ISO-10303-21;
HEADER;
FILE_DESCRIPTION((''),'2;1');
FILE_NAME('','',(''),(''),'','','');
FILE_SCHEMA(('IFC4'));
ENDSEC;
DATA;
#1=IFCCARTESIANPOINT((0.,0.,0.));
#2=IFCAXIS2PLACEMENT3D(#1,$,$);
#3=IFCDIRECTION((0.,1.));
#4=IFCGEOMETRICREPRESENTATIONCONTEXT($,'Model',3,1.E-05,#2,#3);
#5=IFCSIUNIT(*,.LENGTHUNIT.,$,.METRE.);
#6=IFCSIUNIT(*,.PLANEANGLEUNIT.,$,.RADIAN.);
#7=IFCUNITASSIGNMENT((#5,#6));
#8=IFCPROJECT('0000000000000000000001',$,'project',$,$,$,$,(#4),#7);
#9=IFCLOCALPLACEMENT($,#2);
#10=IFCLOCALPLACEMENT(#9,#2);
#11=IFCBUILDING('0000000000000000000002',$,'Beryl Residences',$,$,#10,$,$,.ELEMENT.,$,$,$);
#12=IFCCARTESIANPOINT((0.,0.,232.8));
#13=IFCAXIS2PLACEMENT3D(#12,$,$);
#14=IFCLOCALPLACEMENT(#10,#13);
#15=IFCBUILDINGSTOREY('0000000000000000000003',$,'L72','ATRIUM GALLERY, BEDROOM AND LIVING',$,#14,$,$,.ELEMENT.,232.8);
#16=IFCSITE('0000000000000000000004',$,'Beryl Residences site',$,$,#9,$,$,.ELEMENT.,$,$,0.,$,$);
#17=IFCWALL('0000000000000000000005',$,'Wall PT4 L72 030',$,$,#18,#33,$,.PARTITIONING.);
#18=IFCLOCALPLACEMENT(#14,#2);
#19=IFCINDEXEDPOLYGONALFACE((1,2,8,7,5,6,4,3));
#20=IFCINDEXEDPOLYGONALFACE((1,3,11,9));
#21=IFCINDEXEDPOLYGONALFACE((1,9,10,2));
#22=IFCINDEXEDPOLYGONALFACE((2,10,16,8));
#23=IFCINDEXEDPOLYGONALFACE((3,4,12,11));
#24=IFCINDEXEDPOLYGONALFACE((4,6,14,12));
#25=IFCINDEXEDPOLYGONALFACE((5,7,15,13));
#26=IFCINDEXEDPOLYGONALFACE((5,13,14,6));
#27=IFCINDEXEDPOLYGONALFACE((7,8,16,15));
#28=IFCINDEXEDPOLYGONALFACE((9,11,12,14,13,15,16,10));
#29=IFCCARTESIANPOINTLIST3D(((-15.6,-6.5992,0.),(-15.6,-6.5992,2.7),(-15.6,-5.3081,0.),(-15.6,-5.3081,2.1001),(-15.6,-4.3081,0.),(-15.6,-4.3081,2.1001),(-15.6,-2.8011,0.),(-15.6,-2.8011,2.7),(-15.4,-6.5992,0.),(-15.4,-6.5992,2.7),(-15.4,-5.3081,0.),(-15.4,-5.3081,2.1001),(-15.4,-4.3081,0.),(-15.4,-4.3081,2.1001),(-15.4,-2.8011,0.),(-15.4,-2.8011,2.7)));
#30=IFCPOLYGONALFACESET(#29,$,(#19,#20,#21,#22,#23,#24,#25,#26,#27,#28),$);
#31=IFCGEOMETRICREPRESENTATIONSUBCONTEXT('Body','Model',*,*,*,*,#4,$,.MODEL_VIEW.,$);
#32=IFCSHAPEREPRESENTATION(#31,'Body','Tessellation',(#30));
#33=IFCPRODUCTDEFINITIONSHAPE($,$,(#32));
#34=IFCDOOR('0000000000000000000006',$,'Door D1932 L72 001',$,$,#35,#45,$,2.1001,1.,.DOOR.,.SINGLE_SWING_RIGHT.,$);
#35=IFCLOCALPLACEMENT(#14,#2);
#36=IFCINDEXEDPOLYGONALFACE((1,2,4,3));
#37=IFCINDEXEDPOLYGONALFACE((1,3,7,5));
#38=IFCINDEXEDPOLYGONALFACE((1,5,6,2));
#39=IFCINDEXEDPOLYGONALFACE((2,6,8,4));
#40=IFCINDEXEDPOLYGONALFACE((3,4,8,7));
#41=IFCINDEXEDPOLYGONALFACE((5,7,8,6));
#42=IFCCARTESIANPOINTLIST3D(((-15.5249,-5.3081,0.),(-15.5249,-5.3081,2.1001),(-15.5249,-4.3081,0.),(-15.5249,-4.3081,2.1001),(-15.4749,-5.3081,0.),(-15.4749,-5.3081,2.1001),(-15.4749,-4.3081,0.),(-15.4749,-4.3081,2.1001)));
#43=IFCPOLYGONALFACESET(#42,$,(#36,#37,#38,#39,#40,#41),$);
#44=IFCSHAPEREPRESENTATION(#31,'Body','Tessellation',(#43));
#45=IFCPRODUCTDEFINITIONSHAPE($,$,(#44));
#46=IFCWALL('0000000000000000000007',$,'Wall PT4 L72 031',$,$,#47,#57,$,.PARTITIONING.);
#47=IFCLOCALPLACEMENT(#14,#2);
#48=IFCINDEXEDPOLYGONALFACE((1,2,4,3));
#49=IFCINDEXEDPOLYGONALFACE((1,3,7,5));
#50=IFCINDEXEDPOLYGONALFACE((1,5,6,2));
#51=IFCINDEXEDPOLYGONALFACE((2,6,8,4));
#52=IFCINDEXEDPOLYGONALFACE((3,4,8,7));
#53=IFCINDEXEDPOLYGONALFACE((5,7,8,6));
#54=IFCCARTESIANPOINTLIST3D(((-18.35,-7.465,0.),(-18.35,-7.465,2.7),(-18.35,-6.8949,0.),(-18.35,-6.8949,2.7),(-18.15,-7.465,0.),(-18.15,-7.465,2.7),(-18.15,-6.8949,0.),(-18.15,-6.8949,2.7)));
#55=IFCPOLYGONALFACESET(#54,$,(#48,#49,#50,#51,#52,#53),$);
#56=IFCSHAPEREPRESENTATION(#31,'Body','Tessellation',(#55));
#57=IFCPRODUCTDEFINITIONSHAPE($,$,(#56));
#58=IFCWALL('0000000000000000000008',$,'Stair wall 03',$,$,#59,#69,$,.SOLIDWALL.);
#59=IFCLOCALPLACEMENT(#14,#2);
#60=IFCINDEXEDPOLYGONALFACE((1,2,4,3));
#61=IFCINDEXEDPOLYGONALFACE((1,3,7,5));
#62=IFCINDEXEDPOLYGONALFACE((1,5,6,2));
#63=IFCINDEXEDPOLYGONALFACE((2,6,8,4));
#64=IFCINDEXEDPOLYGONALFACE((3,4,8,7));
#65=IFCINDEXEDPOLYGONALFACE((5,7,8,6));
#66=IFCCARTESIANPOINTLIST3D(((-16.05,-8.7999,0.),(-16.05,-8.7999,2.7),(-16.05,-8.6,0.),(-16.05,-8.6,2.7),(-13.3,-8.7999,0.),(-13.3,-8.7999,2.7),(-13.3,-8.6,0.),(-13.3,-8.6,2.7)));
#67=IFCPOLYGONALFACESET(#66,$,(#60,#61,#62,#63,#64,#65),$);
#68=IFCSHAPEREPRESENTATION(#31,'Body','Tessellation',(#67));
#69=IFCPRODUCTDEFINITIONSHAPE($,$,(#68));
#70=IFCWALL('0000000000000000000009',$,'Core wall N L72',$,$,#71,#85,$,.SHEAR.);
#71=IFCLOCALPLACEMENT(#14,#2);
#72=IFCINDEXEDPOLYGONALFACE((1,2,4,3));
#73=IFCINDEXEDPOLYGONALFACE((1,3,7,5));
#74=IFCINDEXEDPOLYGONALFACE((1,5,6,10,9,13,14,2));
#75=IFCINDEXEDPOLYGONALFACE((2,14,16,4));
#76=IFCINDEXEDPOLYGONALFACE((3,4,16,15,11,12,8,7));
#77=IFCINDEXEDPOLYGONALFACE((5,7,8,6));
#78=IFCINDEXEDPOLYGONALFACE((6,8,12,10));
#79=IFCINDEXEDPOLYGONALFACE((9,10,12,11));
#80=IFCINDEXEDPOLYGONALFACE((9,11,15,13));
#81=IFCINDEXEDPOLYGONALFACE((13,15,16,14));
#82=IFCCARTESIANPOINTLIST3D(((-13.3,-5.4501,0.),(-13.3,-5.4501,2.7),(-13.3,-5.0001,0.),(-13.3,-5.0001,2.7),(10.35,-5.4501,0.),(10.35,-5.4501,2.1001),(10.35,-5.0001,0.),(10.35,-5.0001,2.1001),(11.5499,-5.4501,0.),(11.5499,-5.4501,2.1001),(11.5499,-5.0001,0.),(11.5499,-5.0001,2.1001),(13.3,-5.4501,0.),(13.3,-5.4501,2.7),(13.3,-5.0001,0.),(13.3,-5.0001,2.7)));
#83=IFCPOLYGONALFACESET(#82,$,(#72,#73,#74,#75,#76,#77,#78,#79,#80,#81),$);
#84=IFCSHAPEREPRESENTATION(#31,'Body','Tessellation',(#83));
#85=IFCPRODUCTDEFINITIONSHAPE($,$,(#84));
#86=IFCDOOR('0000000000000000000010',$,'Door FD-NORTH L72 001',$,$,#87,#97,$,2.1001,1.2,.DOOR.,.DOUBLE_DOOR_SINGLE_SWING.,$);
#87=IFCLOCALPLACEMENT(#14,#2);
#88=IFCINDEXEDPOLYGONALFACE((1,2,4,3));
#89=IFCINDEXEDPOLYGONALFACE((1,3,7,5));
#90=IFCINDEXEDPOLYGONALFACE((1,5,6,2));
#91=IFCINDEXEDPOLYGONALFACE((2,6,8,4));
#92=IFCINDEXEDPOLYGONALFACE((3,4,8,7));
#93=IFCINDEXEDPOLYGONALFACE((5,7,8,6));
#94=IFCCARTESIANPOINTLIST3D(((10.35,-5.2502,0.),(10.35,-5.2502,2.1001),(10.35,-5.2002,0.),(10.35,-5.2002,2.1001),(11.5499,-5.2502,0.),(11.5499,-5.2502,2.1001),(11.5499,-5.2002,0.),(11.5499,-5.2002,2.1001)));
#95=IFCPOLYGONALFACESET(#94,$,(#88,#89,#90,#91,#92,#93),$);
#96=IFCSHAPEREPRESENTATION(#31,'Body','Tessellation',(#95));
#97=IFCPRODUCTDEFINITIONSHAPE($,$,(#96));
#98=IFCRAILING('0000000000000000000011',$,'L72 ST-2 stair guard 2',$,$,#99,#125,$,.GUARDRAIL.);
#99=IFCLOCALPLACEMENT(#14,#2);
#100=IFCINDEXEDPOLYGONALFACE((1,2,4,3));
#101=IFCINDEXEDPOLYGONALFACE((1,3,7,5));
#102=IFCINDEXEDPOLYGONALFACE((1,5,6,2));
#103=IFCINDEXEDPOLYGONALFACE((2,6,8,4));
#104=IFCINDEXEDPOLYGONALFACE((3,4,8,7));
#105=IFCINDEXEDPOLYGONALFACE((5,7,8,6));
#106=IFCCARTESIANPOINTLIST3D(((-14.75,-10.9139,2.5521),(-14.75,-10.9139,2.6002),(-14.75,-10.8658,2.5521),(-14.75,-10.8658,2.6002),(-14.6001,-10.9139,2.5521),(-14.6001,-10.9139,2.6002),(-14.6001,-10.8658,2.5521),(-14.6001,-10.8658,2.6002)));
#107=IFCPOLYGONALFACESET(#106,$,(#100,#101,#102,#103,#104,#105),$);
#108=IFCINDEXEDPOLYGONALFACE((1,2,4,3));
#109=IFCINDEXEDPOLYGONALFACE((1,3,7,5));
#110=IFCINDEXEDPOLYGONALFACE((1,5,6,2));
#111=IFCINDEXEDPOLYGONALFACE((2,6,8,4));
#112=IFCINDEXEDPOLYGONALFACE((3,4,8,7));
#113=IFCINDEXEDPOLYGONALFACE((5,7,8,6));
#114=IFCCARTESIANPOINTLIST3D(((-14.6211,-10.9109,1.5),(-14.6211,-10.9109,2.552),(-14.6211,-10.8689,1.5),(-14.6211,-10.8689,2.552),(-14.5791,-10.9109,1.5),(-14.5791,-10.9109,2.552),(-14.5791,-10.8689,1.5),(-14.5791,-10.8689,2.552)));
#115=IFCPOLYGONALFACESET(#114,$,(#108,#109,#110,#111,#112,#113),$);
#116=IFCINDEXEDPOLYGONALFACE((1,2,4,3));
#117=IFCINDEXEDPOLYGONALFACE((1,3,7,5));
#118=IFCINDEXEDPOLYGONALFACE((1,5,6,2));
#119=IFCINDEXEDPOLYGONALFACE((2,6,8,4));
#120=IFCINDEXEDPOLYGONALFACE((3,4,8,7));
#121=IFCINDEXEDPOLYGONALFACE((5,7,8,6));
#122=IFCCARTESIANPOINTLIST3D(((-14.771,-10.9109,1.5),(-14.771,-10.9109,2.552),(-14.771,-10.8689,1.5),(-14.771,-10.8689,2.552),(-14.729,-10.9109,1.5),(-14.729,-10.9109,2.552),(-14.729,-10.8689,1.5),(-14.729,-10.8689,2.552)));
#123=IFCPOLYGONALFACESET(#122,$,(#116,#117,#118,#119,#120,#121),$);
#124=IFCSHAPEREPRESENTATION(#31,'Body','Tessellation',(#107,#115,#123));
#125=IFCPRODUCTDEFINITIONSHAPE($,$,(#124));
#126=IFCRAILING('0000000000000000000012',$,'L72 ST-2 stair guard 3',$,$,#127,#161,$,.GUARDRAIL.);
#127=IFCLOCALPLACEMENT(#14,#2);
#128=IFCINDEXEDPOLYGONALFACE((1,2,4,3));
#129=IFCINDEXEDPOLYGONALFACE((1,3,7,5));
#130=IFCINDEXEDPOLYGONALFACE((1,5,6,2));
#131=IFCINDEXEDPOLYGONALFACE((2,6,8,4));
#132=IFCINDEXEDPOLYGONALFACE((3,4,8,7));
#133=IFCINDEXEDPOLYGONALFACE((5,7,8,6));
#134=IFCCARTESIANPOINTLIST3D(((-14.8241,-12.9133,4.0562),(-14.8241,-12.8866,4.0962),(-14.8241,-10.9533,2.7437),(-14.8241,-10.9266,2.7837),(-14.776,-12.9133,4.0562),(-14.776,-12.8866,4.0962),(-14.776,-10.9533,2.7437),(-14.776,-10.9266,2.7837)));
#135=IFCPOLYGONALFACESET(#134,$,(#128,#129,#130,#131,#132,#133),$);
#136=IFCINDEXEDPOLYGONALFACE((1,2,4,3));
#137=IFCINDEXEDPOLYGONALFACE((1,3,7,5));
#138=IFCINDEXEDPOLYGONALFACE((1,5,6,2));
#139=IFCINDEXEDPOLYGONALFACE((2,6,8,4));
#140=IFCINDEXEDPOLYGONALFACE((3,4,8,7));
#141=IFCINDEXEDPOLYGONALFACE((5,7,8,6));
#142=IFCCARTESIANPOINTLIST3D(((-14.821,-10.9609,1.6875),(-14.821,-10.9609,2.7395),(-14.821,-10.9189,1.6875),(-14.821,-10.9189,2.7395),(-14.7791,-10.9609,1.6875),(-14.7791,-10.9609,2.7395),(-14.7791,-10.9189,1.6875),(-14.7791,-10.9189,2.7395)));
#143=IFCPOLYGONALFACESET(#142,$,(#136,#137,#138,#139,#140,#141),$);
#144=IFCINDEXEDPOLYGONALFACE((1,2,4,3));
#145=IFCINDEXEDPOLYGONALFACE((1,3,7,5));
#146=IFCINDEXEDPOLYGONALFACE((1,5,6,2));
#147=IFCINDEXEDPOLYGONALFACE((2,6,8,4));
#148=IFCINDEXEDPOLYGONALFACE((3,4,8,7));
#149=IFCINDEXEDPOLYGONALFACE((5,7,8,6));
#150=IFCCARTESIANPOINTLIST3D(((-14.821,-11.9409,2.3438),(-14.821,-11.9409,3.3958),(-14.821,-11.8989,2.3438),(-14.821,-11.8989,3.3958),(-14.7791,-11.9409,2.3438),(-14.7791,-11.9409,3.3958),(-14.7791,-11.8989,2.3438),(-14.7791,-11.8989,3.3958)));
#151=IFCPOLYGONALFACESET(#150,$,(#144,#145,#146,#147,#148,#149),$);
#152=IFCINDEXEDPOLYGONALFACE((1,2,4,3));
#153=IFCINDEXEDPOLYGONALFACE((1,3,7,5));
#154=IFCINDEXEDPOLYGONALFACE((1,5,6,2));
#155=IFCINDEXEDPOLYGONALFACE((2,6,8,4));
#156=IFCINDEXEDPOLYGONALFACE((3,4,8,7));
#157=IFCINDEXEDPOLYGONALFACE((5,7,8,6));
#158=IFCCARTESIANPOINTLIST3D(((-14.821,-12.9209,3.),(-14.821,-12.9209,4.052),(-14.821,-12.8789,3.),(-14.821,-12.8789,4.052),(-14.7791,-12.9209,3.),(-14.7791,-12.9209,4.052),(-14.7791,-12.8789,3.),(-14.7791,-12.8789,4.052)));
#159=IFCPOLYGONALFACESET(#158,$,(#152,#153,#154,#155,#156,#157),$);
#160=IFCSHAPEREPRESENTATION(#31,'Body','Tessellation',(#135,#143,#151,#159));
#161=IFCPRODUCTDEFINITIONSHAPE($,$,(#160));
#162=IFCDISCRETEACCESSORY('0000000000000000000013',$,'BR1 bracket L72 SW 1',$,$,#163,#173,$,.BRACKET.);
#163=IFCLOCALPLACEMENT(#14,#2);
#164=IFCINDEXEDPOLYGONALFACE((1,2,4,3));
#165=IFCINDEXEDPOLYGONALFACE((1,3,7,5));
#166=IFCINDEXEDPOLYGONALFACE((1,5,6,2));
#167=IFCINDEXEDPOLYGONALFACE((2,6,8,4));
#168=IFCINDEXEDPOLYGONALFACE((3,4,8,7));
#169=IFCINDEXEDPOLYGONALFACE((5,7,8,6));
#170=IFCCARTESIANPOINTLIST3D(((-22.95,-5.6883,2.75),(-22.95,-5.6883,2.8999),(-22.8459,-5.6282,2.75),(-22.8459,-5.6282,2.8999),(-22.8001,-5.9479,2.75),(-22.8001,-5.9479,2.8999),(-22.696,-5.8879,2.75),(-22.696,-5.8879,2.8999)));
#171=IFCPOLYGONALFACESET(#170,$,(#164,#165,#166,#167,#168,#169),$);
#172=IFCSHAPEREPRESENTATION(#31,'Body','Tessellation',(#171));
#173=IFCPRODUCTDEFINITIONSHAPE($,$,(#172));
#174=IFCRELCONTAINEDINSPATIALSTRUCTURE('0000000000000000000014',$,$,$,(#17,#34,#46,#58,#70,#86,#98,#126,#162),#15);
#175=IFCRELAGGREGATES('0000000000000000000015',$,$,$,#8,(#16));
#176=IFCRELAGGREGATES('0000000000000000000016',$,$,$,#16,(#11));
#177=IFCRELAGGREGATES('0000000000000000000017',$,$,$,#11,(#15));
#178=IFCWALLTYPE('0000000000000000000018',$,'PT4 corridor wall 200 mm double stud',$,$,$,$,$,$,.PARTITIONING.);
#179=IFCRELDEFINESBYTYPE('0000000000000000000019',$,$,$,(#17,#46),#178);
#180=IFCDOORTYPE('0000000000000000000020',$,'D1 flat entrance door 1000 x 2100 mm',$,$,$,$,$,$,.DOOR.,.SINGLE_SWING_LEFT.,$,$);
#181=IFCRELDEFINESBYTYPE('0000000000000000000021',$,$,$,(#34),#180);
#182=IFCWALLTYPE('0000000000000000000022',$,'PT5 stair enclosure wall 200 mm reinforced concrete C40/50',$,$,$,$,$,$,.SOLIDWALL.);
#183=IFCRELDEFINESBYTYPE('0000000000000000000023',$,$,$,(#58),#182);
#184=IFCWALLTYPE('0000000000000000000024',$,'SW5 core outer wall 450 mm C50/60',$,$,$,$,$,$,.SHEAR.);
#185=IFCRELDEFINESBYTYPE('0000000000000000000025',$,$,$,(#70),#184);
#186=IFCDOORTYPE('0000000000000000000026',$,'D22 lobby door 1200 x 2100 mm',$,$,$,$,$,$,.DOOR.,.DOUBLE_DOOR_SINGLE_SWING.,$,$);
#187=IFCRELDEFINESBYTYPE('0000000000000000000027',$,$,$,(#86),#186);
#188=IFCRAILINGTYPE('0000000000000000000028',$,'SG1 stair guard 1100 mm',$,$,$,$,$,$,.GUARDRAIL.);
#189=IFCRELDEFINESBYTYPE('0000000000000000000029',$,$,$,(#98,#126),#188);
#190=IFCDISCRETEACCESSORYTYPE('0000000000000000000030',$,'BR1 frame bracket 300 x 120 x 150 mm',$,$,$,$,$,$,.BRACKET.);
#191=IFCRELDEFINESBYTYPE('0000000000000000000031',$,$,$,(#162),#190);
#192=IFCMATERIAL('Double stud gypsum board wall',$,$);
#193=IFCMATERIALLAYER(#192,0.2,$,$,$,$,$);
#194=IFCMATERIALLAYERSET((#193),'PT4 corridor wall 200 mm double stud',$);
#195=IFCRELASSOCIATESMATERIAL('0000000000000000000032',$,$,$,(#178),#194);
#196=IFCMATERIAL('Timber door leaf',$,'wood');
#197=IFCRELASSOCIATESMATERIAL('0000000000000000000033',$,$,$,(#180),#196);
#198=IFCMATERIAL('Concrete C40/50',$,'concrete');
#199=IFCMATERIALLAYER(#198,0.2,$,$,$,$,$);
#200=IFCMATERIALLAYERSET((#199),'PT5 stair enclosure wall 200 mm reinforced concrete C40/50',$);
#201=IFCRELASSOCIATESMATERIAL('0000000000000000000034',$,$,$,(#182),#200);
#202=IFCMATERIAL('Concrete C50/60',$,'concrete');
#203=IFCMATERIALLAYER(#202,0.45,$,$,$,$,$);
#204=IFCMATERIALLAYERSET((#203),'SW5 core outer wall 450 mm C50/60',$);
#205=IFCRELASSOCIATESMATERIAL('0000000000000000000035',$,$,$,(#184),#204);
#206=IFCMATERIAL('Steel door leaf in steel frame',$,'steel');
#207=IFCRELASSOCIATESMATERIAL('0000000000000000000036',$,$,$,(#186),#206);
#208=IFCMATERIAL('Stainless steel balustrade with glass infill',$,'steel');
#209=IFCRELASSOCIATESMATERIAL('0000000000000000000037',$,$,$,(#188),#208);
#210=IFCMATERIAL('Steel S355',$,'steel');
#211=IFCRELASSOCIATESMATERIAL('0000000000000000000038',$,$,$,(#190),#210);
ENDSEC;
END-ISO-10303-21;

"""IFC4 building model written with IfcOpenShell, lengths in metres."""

from ifc_helpers import new_model, si_unit, direction, frame, frame_2d, origin, origin_2d, place, context, subcontext, project, spatial, polyline, rectangle, outline, extrude, source, transform, mapped, material, layer, layer_set, type_object, type_shapes, element, fill, save


model = new_model("IFC4")

# Units and contexts
model_context = context("Model", 3, precision=1e-05, world=origin(), true_north=direction((0.0, 1.0)))
body_context = subcontext(model_context, "Body", "Model", "MODEL_VIEW")
ifc_project = project(units=[si_unit("LENGTHUNIT", "METRE"), si_unit("PLANEANGLEUNIT", "RADIAN")], contexts=[model_context])

# Site, building, storey
site_placement = place(None, origin())
site = spatial("IfcSite", under=ifc_project, at=site_placement, Name="Beryl Residences site", CompositionType="ELEMENT", RefElevation=0.0)
building_placement = place(site_placement, origin())
building = spatial("IfcBuilding", under=site, at=building_placement, Name="Beryl Residences", CompositionType="ELEMENT")
storey_placement = place(building_placement, frame((0.0, 0.0, 232.8)))
storey = spatial("IfcBuildingStorey", under=building, at=storey_placement, Name="L72", Description="ATRIUM GALLERY, BEDROOM AND LIVING", CompositionType="ELEMENT", Elevation=232.8)

# Shared definitions
ifc_material_1 = material(Name="Double stud gypsum board wall")
ifc_layer_1 = layer(ifc_material_1, 0.2)
ifc_layer_set_1 = layer_set([ifc_layer_1], Name="PT4 corridor wall 200 mm double stud")
wall_type_1 = type_object("IfcWallType", Name="PT4 corridor wall 200 mm double stud", PredefinedType="PARTITIONING", material=ifc_layer_set_1)

# Wall, opening, door
wall_1_placement = place(storey_placement, frame((-15.5, -6.5991, 0.0), z_axis=(0.0, 0.0, 1.0), x_axis=(0.0, 1.0, 0.0)))
wall_1 = element("IfcWall", 1, at=wall_1_placement, inside=storey, type_object=wall_type_1, Name="Wall PT4 L72 030", PredefinedType="PARTITIONING", context=body_context, shape_type="SweptSolid", body=[
    extrude(rectangle(XDim=3.7981, YDim=0.2, at=frame_2d((1.8989, 0.0))), origin(), (0.0, 0.0, 1.0), 2.7),
])
opening_1_placement = place(wall_1_placement, frame((1.291, 0.0, 0.0)))
opening_1 = element("IfcOpeningElement", 2, at=opening_1_placement, cuts=wall_1, PredefinedType="OPENING", context=body_context, shape_type="SweptSolid", body=[
    extrude(rectangle(XDim=1.0, YDim=2.1001, at=frame_2d((0.5, 1.05))), frame((0.0, 0.1099, 0.0), z_axis=(0.0, -1.0, 0.0), x_axis=(1.0, 0.0, 0.0)), (0.0, 0.0, 1.0), 0.22),
])
ifc_material_2 = material(Name="Timber door leaf", Category="wood")
door_type_1 = type_object("IfcDoorType", Name="D1 flat entrance door 1000 x 2100 mm", OperationType="SINGLE_SWING_LEFT", PredefinedType="DOOR", material=ifc_material_2)
door_1_placement = place(opening_1_placement, origin())
door_1 = element("IfcDoor", 3, at=door_1_placement, inside=storey, type_object=door_type_1, Name="Door D1932 L72 001", OperationType="SINGLE_SWING_RIGHT", OverallHeight=2.1001, OverallWidth=1.0, PredefinedType="DOOR", context=body_context, shape_type="SweptSolid", body=[
    extrude(rectangle(XDim=1.0, YDim=2.1001, at=frame_2d((0.5, 1.05))), frame((0.0, 0.0249, 0.0), z_axis=(0.0, -1.0, 0.0), x_axis=(1.0, 0.0, 0.0)), (0.0, 0.0, 1.0), 0.05),
])
fill(opening_1, door_1)

# Walls
wall_2_placement = place(storey_placement, frame((-18.25, -7.4651, 0.0), z_axis=(0.0, 0.0, 1.0), x_axis=(0.0, 1.0, 0.0)))
element("IfcWall", 4, at=wall_2_placement, inside=storey, type_object=wall_type_1, Name="Wall PT4 L72 031", PredefinedType="PARTITIONING", context=body_context, shape_type="SweptSolid", body=[
    extrude(rectangle(XDim=0.5701, YDim=0.2, at=frame_2d((0.2852, 0.0))), origin(), (0.0, 0.0, 1.0), 2.7),
])
ifc_material_3 = material(Name="Concrete C40/50", Category="concrete")
ifc_layer_2 = layer(ifc_material_3, 0.2)
ifc_layer_set_2 = layer_set([ifc_layer_2], Name="PT5 stair enclosure wall 200 mm reinforced concrete C40/50")
wall_type_2 = type_object("IfcWallType", Name="PT5 stair enclosure wall 200 mm reinforced concrete C40/50", PredefinedType="SOLIDWALL", material=ifc_layer_set_2)
wall_3_placement = place(storey_placement, frame((-16.05, -8.7, 0.0), z_axis=(0.0, 0.0, 1.0), x_axis=(1.0, 0.0, 0.0)))
element("IfcWall", 5, at=wall_3_placement, inside=storey, type_object=wall_type_2, Name="Stair wall 03", PredefinedType="SOLIDWALL", context=body_context, shape_type="SweptSolid", body=[
    extrude(rectangle(XDim=2.75, YDim=0.2, at=frame_2d((1.375, 0.0))), origin(), (0.0, 0.0, 1.0), 2.7),
])

# Wall, opening, door
ifc_material_4 = material(Name="Concrete C50/60", Category="concrete")
ifc_layer_3 = layer(ifc_material_4, 0.45)
ifc_layer_set_3 = layer_set([ifc_layer_3], Name="SW5 core outer wall 450 mm C50/60")
wall_type_3 = type_object("IfcWallType", Name="SW5 core outer wall 450 mm C50/60", PredefinedType="SHEAR", material=ifc_layer_set_3)
wall_4_placement = place(storey_placement, frame((-13.3, -5.2251, 0.0), z_axis=(0.0, 0.0, 1.0), x_axis=(1.0, 0.0, 0.0)))
wall_4 = element("IfcWall", 6, at=wall_4_placement, inside=storey, type_object=wall_type_3, Name="Core wall N L72", PredefinedType="SHEAR", context=body_context, shape_type="SweptSolid", body=[
    extrude(rectangle(XDim=26.6001, YDim=0.45, at=frame_2d((13.3, 0.0))), origin(), (0.0, 0.0, 1.0), 2.7),
])
opening_2_placement = place(wall_4_placement, frame((23.6499, 0.0, 0.0)))
opening_2 = element("IfcOpeningElement", 7, at=opening_2_placement, cuts=wall_4, PredefinedType="OPENING", context=body_context, shape_type="SweptSolid", body=[
    extrude(rectangle(XDim=1.2, YDim=2.1001, at=frame_2d((0.6001, 1.05))), frame((0.0, 0.2349, 0.0), z_axis=(0.0, -1.0, 0.0), x_axis=(1.0, 0.0, 0.0)), (0.0, 0.0, 1.0), 0.47),
])
ifc_material_5 = material(Name="Steel door leaf in steel frame", Category="steel")
door_type_2 = type_object("IfcDoorType", Name="D22 lobby door 1200 x 2100 mm", OperationType="DOUBLE_DOOR_SINGLE_SWING", PredefinedType="DOOR", material=ifc_material_5)
door_2_placement = place(opening_2_placement, origin())
door_2 = element("IfcDoor", 8, at=door_2_placement, inside=storey, type_object=door_type_2, Name="Door FD-NORTH L72 001", OperationType="DOUBLE_DOOR_SINGLE_SWING", OverallHeight=2.1001, OverallWidth=1.2, PredefinedType="DOOR", context=body_context, shape_type="SweptSolid", body=[
    extrude(rectangle(XDim=1.2, YDim=2.1001, at=frame_2d((0.6001, 1.05))), frame((0.0, 0.0249, 0.0), z_axis=(0.0, -1.0, 0.0), x_axis=(1.0, 0.0, 0.0)), (0.0, 0.0, 1.0), 0.05),
])
fill(opening_2, door_2)

# Railings
ifc_material_6 = material(Name="Stainless steel balustrade with glass infill", Category="steel")
railing_type = type_object("IfcRailingType", Name="SG1 stair guard 1100 mm", PredefinedType="GUARDRAIL", material=ifc_material_6)
railing_1_placement = place(storey_placement, frame((-14.6001, -10.8899, 1.5)))
element("IfcRailing", 9, at=railing_1_placement, inside=storey, type_object=railing_type, Name="L72 ST-2 stair guard 2", PredefinedType="GUARDRAIL", context=body_context, shape_type="SweptSolid", body=[
    extrude(rectangle(XDim=0.0481, YDim=0.0481, at=origin_2d()), frame((0.0, 0.0, 1.0762), z_axis=(-1.0, 0.0, 0.0), x_axis=(0.0, -1.0, 0.0)), (0.0, 0.0, 1.0), 0.1499),
    extrude(rectangle(XDim=0.042, YDim=0.042, at=origin_2d()), origin(), (0.0, 0.0, 1.0), 1.052),
    extrude(rectangle(XDim=0.042, YDim=0.042, at=origin_2d()), frame((-0.1499, 0.0, 0.0)), (0.0, 0.0, 1.0), 1.052),
])
railing_2_placement = place(storey_placement, frame((-14.8, -10.9399, 1.6875)))
element("IfcRailing", 10, at=railing_2_placement, inside=storey, type_object=railing_type, Name="L72 ST-2 stair guard 3", PredefinedType="GUARDRAIL", context=body_context, shape_type="SweptSolid", body=[
    extrude(rectangle(XDim=0.0481, YDim=0.0481, at=origin_2d()), frame((0.0, 0.0, 1.0762), z_axis=(0.0, -0.830902, 0.556419), x_axis=(1.0, 0.0, 0.0)), (0.0, 0.0, 1.0), 2.3589),
    extrude(rectangle(XDim=0.042, YDim=0.042, at=origin_2d()), origin(), (0.0, 0.0, 1.0), 1.052),
    extrude(rectangle(XDim=0.042, YDim=0.042, at=origin_2d()), frame((0.0, -0.98, 0.6562)), (0.0, 0.0, 1.0), 1.052),
    extrude(rectangle(XDim=0.042, YDim=0.042, at=origin_2d()), frame((0.0, -1.96, 1.3125)), (0.0, 0.0, 1.0), 1.052),
])

# Discrete accessory
ifc_material_7 = material(Name="Steel S355", Category="steel")
discrete_accessory_type = type_object("IfcDiscreteAccessoryType", Name="BR1 frame bracket 300 x 120 x 150 mm", PredefinedType="BRACKET", material=ifc_material_7)
shared_shape_1 = source(origin(), body_context, "Body", "SweptSolid", [
    extrude(outline(polyline([(-0.1499, 0.0), (0.1499, 0.0), (0.1499, 0.1201), (-0.1499, 0.1201), (-0.1499, 0.0)])), origin(), (0.0, 0.0, 1.0), 0.1499),
])
type_shapes(discrete_accessory_type, [shared_shape_1])
discrete_accessory_placement = place(storey_placement, frame((-22.771, -5.7581, 2.75), z_axis=(0.0, 0.0, 1.0), x_axis=(-0.5, 0.866025, 0.0)))
element("IfcDiscreteAccessory", 11, at=discrete_accessory_placement, inside=storey, type_object=discrete_accessory_type, Name="BR1 bracket L72 SW 1", PredefinedType="BRACKET", context=body_context, shape_type="MappedRepresentation", body=[
    mapped(shared_shape_1, transform((0.0, 0.0, 0.0))),
])

save(model, "model.ifc")
